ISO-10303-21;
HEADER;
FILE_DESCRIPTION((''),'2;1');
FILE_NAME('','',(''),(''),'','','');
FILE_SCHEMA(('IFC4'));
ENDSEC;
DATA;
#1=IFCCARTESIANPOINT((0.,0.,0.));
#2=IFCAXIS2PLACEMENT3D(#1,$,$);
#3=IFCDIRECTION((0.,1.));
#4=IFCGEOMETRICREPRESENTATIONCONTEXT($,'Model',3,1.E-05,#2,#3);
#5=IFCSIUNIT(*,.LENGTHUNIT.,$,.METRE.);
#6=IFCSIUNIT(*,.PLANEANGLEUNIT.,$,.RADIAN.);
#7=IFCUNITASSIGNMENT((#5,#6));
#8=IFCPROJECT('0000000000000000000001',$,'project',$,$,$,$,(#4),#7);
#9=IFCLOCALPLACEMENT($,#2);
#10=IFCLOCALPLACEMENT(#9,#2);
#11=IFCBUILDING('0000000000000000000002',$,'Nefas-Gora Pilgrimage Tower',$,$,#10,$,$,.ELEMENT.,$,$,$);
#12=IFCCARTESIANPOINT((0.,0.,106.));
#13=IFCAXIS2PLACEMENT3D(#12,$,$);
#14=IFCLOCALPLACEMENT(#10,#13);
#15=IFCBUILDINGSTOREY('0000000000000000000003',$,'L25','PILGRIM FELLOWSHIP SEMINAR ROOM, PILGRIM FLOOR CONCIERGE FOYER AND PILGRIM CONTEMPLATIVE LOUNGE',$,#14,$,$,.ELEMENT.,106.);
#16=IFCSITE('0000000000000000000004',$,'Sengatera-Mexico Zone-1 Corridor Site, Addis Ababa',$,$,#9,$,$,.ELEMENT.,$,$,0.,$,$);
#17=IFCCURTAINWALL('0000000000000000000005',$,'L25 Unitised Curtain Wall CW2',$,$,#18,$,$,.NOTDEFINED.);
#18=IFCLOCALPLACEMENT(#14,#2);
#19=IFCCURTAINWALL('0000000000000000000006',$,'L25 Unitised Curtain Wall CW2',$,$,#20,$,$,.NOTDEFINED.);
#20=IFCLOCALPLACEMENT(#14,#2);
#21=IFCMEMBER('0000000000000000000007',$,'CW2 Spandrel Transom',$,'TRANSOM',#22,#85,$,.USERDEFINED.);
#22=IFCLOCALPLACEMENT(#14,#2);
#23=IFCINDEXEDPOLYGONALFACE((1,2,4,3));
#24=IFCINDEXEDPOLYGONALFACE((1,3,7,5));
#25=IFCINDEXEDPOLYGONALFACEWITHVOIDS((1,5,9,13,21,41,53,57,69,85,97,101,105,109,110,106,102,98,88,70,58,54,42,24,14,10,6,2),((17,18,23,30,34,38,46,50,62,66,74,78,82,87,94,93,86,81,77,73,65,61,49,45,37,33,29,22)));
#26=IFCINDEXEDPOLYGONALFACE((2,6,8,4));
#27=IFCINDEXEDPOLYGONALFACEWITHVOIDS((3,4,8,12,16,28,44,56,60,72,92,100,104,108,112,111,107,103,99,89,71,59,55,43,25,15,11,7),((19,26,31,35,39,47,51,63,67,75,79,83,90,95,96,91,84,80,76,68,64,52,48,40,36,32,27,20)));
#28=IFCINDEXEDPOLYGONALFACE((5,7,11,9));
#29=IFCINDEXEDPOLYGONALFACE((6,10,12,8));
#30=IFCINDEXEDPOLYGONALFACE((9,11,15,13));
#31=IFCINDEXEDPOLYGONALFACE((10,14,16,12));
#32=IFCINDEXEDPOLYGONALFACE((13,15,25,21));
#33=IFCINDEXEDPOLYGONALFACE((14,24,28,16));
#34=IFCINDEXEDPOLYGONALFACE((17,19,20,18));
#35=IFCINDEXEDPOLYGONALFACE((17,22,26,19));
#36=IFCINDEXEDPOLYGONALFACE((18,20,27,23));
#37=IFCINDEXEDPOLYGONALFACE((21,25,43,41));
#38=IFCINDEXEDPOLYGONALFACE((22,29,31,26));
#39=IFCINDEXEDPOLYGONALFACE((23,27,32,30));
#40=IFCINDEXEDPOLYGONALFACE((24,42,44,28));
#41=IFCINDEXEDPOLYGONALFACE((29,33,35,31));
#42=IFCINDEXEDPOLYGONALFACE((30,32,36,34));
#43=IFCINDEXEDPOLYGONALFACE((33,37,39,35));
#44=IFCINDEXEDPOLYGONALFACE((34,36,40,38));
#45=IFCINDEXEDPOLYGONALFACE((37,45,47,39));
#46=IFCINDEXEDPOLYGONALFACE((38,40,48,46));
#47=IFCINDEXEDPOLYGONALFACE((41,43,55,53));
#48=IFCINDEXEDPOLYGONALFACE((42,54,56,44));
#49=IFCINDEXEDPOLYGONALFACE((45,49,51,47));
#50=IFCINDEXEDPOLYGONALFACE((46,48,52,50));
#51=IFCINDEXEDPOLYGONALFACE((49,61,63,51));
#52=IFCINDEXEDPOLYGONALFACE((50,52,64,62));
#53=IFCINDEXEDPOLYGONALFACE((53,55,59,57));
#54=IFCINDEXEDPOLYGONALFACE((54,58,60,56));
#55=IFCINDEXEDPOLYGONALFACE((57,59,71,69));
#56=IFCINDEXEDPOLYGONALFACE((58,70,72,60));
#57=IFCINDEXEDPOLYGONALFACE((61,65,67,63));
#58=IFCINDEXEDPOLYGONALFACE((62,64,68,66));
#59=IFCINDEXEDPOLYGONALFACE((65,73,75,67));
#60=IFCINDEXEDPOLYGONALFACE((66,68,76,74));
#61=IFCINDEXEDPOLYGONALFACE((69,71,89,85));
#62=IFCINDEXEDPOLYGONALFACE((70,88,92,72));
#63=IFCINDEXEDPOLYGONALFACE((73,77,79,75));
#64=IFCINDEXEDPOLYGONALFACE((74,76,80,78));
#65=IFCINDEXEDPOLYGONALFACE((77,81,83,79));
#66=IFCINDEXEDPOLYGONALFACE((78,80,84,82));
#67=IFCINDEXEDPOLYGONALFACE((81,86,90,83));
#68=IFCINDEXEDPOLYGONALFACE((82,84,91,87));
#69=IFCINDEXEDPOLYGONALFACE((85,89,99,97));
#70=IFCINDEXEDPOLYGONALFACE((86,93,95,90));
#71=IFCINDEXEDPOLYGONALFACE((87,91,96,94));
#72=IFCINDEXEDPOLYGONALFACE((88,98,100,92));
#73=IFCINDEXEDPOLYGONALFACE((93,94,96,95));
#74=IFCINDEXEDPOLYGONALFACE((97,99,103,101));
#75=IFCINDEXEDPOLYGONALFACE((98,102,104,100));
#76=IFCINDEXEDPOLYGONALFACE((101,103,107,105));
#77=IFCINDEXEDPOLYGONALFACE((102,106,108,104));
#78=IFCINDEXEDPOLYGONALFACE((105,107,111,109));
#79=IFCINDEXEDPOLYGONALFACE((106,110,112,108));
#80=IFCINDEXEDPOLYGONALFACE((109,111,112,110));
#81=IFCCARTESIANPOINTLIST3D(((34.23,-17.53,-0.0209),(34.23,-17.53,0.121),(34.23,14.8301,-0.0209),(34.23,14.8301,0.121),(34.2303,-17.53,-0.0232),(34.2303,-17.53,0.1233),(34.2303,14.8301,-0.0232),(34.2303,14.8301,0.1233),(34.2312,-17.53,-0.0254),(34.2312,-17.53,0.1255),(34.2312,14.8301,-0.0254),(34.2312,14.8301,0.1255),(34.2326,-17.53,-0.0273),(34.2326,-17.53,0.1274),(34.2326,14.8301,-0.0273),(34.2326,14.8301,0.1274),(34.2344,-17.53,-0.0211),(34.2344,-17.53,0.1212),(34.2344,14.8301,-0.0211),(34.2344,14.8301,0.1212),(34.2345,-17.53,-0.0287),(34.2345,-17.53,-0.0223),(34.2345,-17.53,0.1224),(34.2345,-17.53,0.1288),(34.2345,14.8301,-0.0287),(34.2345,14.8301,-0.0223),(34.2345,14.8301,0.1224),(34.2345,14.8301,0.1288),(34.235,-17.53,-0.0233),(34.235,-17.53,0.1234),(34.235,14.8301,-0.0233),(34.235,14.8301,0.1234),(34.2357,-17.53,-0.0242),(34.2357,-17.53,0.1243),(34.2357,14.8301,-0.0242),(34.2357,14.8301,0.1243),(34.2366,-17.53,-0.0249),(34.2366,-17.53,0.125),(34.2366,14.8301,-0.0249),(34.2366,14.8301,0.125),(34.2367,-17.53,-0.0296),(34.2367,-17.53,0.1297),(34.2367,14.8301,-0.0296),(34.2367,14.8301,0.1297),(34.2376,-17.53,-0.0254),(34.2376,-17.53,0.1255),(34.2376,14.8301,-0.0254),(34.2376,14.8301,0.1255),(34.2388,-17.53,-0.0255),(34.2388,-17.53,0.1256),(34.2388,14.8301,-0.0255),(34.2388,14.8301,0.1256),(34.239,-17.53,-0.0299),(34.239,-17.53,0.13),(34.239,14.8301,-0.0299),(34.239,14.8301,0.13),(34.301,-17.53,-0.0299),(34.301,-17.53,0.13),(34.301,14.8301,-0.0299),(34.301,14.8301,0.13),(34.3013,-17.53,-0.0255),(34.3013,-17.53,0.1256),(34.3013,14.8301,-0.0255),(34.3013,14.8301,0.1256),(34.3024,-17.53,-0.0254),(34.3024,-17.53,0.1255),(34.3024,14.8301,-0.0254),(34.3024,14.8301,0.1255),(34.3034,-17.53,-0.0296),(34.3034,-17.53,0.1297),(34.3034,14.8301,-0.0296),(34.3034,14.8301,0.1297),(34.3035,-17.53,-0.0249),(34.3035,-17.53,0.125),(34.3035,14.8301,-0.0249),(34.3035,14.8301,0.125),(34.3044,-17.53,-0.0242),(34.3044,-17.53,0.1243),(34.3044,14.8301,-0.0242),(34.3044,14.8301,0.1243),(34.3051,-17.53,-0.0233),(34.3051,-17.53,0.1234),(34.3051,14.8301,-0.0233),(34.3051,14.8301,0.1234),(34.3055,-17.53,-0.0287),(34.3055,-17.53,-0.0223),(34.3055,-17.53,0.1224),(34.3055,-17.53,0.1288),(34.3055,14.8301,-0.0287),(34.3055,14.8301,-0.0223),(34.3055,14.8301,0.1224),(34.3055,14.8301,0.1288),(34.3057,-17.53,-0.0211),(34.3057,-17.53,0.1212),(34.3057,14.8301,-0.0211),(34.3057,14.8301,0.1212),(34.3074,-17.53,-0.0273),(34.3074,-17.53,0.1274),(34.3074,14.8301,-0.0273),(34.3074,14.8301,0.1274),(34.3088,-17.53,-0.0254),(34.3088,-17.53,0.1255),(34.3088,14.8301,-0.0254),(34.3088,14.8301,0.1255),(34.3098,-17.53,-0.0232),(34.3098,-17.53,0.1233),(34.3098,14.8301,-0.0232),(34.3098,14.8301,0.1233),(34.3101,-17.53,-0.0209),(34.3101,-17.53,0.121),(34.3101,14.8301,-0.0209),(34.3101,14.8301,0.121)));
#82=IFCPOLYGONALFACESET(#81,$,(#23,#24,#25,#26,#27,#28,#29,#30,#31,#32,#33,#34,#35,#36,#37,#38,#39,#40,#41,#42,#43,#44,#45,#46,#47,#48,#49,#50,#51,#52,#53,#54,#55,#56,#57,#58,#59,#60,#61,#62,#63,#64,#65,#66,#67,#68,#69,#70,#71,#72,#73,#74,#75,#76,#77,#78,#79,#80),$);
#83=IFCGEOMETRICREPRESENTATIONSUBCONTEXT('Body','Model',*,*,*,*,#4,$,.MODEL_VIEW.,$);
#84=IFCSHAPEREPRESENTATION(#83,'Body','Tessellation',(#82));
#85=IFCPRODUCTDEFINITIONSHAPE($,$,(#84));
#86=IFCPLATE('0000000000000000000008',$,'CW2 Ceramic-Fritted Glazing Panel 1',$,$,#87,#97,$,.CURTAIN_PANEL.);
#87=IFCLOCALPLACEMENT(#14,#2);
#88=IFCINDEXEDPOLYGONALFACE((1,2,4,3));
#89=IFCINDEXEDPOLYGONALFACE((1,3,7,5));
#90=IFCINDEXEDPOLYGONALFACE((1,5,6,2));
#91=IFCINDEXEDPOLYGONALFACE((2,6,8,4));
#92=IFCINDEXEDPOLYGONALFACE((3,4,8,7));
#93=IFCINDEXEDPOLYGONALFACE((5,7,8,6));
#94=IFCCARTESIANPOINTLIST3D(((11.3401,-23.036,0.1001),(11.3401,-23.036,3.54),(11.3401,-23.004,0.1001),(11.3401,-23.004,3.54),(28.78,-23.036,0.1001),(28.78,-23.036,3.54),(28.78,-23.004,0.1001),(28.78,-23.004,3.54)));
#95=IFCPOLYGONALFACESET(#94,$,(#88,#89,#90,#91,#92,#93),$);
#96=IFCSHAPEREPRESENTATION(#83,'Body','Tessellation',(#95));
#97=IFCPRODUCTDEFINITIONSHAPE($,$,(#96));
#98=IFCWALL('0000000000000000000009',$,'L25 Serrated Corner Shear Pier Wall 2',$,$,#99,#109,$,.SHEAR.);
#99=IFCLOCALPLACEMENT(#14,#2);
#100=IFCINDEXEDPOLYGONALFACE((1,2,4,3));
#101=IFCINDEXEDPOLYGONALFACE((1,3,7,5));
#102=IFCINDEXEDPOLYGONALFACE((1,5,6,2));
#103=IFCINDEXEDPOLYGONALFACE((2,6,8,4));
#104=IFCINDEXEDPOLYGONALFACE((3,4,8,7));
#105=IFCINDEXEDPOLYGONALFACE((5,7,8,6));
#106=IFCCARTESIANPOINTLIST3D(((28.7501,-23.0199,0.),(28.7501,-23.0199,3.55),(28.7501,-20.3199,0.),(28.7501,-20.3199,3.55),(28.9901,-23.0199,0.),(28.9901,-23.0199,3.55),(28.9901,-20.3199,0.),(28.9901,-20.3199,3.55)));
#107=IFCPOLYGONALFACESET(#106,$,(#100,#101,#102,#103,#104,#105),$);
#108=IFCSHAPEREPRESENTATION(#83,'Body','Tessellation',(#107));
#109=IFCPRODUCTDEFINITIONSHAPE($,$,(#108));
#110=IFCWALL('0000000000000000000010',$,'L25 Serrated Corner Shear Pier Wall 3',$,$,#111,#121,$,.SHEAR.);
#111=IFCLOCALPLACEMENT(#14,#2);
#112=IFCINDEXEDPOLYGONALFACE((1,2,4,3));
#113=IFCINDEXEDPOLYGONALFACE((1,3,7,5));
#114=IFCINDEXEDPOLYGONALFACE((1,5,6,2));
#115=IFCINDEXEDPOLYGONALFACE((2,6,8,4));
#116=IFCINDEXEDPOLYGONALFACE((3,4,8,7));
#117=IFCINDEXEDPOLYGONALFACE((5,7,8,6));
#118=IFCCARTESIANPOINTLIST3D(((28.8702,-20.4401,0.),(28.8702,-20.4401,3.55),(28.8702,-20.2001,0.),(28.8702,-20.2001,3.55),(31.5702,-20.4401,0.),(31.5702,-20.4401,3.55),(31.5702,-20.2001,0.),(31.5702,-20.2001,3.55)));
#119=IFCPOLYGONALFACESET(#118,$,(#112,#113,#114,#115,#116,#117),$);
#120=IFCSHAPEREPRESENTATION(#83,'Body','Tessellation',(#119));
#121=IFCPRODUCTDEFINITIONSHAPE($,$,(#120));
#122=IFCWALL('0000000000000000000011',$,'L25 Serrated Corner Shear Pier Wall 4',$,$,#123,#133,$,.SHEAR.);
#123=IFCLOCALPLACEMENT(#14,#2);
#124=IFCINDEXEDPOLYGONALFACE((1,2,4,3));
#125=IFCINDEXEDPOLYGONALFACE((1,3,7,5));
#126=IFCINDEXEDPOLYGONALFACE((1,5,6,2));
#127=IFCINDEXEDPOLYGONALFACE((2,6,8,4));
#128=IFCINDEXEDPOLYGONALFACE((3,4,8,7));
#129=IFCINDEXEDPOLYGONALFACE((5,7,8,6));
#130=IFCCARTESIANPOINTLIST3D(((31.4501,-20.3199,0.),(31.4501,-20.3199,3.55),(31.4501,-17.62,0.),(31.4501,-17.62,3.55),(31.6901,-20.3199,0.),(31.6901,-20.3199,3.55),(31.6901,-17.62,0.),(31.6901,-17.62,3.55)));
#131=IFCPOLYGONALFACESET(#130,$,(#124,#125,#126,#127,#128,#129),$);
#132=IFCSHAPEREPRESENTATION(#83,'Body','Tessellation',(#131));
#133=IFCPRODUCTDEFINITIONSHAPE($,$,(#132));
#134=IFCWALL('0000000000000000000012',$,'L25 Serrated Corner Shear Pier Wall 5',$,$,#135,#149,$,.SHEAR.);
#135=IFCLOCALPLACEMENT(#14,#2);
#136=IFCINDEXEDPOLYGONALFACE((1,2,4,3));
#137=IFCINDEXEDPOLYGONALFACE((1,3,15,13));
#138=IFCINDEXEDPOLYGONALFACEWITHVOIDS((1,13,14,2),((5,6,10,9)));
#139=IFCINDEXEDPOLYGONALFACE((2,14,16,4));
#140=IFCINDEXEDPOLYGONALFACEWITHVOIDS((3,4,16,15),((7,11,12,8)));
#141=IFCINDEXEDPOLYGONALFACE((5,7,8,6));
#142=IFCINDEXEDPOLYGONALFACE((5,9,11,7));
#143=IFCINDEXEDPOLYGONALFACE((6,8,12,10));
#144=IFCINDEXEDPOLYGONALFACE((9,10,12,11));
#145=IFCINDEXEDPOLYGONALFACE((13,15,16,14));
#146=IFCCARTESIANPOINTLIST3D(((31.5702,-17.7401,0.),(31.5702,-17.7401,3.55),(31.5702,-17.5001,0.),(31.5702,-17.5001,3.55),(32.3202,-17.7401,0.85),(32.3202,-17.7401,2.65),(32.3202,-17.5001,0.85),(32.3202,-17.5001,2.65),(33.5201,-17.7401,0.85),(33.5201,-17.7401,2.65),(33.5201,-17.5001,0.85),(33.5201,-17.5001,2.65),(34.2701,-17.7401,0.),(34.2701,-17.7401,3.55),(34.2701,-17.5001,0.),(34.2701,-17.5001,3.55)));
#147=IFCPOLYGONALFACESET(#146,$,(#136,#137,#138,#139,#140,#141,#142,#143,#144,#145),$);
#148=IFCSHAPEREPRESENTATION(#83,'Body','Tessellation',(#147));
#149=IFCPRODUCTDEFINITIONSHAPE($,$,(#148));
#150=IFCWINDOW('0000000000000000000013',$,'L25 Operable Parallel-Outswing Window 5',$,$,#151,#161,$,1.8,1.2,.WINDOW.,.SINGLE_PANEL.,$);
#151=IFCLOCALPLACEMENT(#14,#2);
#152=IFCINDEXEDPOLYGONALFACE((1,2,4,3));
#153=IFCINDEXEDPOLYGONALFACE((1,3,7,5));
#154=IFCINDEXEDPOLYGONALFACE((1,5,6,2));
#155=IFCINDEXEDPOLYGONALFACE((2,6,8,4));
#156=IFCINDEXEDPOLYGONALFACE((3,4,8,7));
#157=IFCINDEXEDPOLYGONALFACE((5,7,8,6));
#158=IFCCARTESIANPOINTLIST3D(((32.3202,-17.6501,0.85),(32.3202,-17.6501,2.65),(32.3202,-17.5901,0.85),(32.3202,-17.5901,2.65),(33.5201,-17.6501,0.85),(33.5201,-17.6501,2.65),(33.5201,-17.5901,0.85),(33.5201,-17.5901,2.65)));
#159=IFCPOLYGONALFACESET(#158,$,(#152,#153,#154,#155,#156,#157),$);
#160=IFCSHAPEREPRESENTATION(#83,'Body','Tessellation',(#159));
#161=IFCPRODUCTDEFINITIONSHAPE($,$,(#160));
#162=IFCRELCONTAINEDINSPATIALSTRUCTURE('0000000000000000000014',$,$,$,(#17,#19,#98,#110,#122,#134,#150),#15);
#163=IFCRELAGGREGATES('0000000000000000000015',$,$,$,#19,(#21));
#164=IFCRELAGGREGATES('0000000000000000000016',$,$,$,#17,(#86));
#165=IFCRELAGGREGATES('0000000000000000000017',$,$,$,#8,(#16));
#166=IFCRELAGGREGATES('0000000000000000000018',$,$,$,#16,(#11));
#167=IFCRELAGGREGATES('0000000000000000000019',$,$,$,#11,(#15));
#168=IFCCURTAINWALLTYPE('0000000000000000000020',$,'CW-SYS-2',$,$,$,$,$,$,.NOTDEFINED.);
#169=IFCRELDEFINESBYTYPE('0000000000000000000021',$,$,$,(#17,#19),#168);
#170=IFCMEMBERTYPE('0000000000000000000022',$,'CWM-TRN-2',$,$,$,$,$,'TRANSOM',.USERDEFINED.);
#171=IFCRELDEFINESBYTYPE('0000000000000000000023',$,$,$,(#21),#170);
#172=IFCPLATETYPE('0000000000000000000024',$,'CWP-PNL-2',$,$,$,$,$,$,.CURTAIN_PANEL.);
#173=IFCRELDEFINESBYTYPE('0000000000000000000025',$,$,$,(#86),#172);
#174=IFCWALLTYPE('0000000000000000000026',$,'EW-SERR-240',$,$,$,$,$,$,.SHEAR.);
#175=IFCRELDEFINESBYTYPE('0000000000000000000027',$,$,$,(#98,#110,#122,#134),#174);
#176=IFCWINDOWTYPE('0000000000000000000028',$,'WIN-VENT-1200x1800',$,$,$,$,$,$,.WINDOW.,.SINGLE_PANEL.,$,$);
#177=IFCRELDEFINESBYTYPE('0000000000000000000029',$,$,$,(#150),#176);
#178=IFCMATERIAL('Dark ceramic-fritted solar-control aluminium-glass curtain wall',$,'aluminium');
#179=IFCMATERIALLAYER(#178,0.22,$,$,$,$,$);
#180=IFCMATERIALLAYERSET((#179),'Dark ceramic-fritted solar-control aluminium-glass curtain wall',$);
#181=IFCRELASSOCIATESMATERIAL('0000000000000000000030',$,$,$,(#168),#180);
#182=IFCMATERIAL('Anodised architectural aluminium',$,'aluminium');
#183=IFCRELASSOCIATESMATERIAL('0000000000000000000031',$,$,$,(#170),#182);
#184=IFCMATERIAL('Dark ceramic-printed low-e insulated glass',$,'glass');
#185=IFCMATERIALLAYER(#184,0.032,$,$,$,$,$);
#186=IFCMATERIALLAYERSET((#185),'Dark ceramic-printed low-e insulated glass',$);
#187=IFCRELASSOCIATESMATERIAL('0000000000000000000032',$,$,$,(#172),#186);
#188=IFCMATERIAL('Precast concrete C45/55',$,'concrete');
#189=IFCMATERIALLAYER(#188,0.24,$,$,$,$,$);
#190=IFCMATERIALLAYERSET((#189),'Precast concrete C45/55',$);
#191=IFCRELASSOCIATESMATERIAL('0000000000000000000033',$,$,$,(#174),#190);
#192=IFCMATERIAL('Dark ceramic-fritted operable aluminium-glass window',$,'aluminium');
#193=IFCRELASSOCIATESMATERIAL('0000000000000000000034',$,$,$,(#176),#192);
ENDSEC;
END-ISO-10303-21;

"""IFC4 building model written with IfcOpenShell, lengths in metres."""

from ifc_helpers import new_model, si_unit, direction, frame, frame_2d, origin, origin_2d, place, context, subcontext, project, spatial, rectangle, hollow_rectangle, extrude, source, transform, mapped, material, layer, layer_set, material_profile, profile_set, type_object, element, fill, aggregate, save


model = new_model("IFC4")

# Units and contexts
model_context = context("Model", 3, precision=1e-05, world=origin(), true_north=direction((0.0, 1.0)))
body_context = subcontext(model_context, "Body", "Model", "MODEL_VIEW")
ifc_project = project(units=[si_unit("LENGTHUNIT", "METRE"), si_unit("PLANEANGLEUNIT", "RADIAN")], contexts=[model_context])

# Site, building, storey
site_placement = place(None, origin())
site = spatial("IfcSite", under=ifc_project, at=site_placement, Name="Sengatera-Mexico Zone-1 Corridor Site, Addis Ababa", CompositionType="ELEMENT", RefElevation=0.0)
building_placement = place(site_placement, origin())
building = spatial("IfcBuilding", under=site, at=building_placement, Name="Nefas-Gora Pilgrimage Tower", CompositionType="ELEMENT")
storey_placement = place(building_placement, frame((0.0, 0.0, 106.0)))
storey = spatial("IfcBuildingStorey", under=building, at=storey_placement, Name="L25", Description="PILGRIM FELLOWSHIP SEMINAR ROOM, PILGRIM FLOOR CONCIERGE FOYER AND PILGRIM CONTEMPLATIVE LOUNGE", CompositionType="ELEMENT", Elevation=106.0)

# Curtain wall
ifc_material_1 = material(Name="Dark ceramic-fritted solar-control aluminium-glass curtain wall", Category="aluminium")
ifc_layer_1 = layer(ifc_material_1, 0.22)
ifc_layer_set_1 = layer_set([ifc_layer_1], Name="Dark ceramic-fritted solar-control aluminium-glass curtain wall")
curtain_wall_type = type_object("IfcCurtainWallType", Name="CW-SYS-2", PredefinedType="NOTDEFINED", material=ifc_layer_set_1)
curtain_wall_1_placement = place(storey_placement, origin())
curtain_wall_1 = element("IfcCurtainWall", 1, at=curtain_wall_1_placement, inside=storey, type_object=curtain_wall_type, Name="L25 Unitised Curtain Wall CW2", PredefinedType="NOTDEFINED")
ifc_material_2 = material(Name="Anodised architectural aluminium", Category="aluminium")

# Curtain wall, member
curtain_wall_2_placement = place(storey_placement, origin())
curtain_wall_2 = element("IfcCurtainWall", 2, at=curtain_wall_2_placement, inside=storey, type_object=curtain_wall_type, Name="L25 Unitised Curtain Wall CW2", PredefinedType="NOTDEFINED")
ifc_material_profile_1 = material_profile(ifc_material_2, hollow_rectangle(XDim=0.0801, YDim=0.1599, WallThickness=0.0044, InnerFilletRadius=0.0044, OuterFilletRadius=0.009, at=origin_2d()), Name="ALU TRANSOM 80x160")
ifc_profile_set_1 = profile_set([ifc_material_profile_1], Name="Anodised architectural aluminium")
member_type_1 = type_object("IfcMemberType", Name="CWM-TRN-2", ElementType="TRANSOM", PredefinedType="USERDEFINED", material=ifc_profile_set_1)
shared_shape_1 = source(origin(), body_context, "Body", "SweptSolid", [
    extrude(hollow_rectangle(XDim=0.0801, YDim=0.1599, WallThickness=0.0044, InnerFilletRadius=0.0044, OuterFilletRadius=0.009, at=origin_2d()), origin(), (0.0, 0.0, 1.0), 32.3601),
])
member_1_placement = place(storey_placement, frame((34.27, -17.53, 0.05), z_axis=(0.0, 1.0, 0.0), x_axis=(-1.0, 0.0, 0.0)))
member_1 = element("IfcMember", 3, at=member_1_placement, type_object=member_type_1, Name="CW2 Spandrel Transom", ObjectType="TRANSOM", PredefinedType="USERDEFINED", context=body_context, shape_type="MappedRepresentation", body=[
    mapped(shared_shape_1, transform((0.0, 0.0, 0.0), x_axis=(1.0, 0.0, 0.0), y_axis=(0.0, 1.0, 0.0), z_axis=(0.0, 0.0, 1.0), scale=1.0)),
])
aggregate(curtain_wall_2, [member_1])

# Plate
ifc_material_3 = material(Name="Dark ceramic-printed low-e insulated glass", Category="glass")
ifc_layer_2 = layer(ifc_material_3, 0.032)
ifc_layer_set_2 = layer_set([ifc_layer_2], Name="Dark ceramic-printed low-e insulated glass")
plate_type = type_object("IfcPlateType", Name="CWP-PNL-2", PredefinedType="CURTAIN_PANEL", material=ifc_layer_set_2)
shared_shape_2 = source(origin(), body_context, "Body", "SweptSolid", [
    extrude(rectangle(XDim=17.4399, YDim=0.032, at=origin_2d()), origin(), (0.0, 0.0, 1.0), 3.4399),
])
plate_placement = place(storey_placement, frame((20.0601, -23.02, 0.1001), z_axis=(0.0, 0.0, 1.0), x_axis=(1.0, 0.0, 0.0)))
plate = element("IfcPlate", 4, at=plate_placement, type_object=plate_type, Name="CW2 Ceramic-Fritted Glazing Panel 1", PredefinedType="CURTAIN_PANEL", context=body_context, shape_type="MappedRepresentation", body=[
    mapped(shared_shape_2, transform((0.0, 0.0, 0.0), x_axis=(1.0, 0.0, 0.0), y_axis=(0.0, 1.0, 0.0), z_axis=(0.0, 0.0, 1.0), scale=1.0)),
])
aggregate(curtain_wall_1, [plate])

# Walls
ifc_material_4 = material(Name="Precast concrete C45/55", Category="concrete")
ifc_layer_3 = layer(ifc_material_4, 0.24)
ifc_layer_set_3 = layer_set([ifc_layer_3], Name="Precast concrete C45/55")
wall_type = type_object("IfcWallType", Name="EW-SERR-240", PredefinedType="SHEAR", material=ifc_layer_set_3)
shared_shape_3 = source(origin(), body_context, "Body", "SweptSolid", [
    extrude(rectangle(XDim=2.7, YDim=0.24, at=frame_2d((1.3501, 0.0))), origin(), (0.0, 0.0, 1.0), 3.55),
])
for number, where, z_axis, x_axis, name in (
    (5, (28.8701, -23.02, 0.0), (0.0, 0.0, 1.0), (0.0, 1.0, 0.0), "L25 Serrated Corner Shear Pier Wall 2"),
    (6, (28.8701, -20.3201, 0.0), (0.0, 0.0, 1.0), (1.0, 0.0, 0.0), "L25 Serrated Corner Shear Pier Wall 3"),
    (7, (31.5701, -20.3201, 0.0), (0.0, 0.0, 1.0), (0.0, 1.0, 0.0), "L25 Serrated Corner Shear Pier Wall 4"),
):
    element("IfcWall", number, at=place(storey_placement, frame(where, z_axis=z_axis, x_axis=x_axis)), inside=storey, type_object=wall_type, Name=name, PredefinedType="SHEAR", context=body_context, shape_type="MappedRepresentation", body=[
        mapped(shared_shape_3, transform((0.0, 0.0, 0.0), x_axis=(1.0, 0.0, 0.0), y_axis=(0.0, 1.0, 0.0), z_axis=(0.0, 0.0, 1.0), scale=1.0)),
    ])

# Wall, opening, window
wall_placement = place(storey_placement, frame((31.5701, -17.6201, 0.0), z_axis=(0.0, 0.0, 1.0), x_axis=(1.0, 0.0, 0.0)))
wall = element("IfcWall", 8, at=wall_placement, inside=storey, type_object=wall_type, Name="L25 Serrated Corner Shear Pier Wall 5", PredefinedType="SHEAR", context=body_context, shape_type="MappedRepresentation", body=[
    mapped(shared_shape_3, transform((0.0, 0.0, 0.0), x_axis=(1.0, 0.0, 0.0), y_axis=(0.0, 1.0, 0.0), z_axis=(0.0, 0.0, 1.0), scale=1.0)),
])
opening_placement = place(wall_placement, frame((0.75, 0.0, 0.8501)))
opening = element("IfcOpeningElement", 9, at=opening_placement, cuts=wall, PredefinedType="OPENING", context=body_context, shape_type="SweptSolid", body=[
    extrude(rectangle(XDim=1.2, YDim=1.8, at=frame_2d((0.6001, 0.8999))), frame((0.0, 0.1299, 0.0), z_axis=(0.0, -1.0, 0.0), x_axis=(1.0, 0.0, 0.0)), (0.0, 0.0, 1.0), 0.26),
])
ifc_material_5 = material(Name="Dark ceramic-fritted operable aluminium-glass window", Category="aluminium")
window_type = type_object("IfcWindowType", Name="WIN-VENT-1200x1800", PartitioningType="SINGLE_PANEL", PredefinedType="WINDOW", material=ifc_material_5)
shared_shape_4 = source(origin(), body_context, "Body", "SweptSolid", [
    extrude(rectangle(XDim=1.2, YDim=1.8, at=frame_2d((0.6001, 0.8999))), frame((0.0, 0.03, 0.0), z_axis=(0.0, -1.0, 0.0), x_axis=(1.0, 0.0, 0.0)), (0.0, 0.0, 1.0), 0.0601),
])
window_placement = place(opening_placement, origin())
window = element("IfcWindow", 10, at=window_placement, inside=storey, type_object=window_type, Name="L25 Operable Parallel-Outswing Window 5", OverallHeight=1.8, OverallWidth=1.2, PartitioningType="SINGLE_PANEL", PredefinedType="WINDOW", context=body_context, shape_type="MappedRepresentation", body=[
    mapped(shared_shape_4, transform((0.0, 0.0, 0.0), x_axis=(1.0, 0.0, 0.0), y_axis=(0.0, 1.0, 0.0), z_axis=(0.0, 0.0, 1.0), scale=1.0)),
])
fill(opening, window)

save(model, "model.ifc")
